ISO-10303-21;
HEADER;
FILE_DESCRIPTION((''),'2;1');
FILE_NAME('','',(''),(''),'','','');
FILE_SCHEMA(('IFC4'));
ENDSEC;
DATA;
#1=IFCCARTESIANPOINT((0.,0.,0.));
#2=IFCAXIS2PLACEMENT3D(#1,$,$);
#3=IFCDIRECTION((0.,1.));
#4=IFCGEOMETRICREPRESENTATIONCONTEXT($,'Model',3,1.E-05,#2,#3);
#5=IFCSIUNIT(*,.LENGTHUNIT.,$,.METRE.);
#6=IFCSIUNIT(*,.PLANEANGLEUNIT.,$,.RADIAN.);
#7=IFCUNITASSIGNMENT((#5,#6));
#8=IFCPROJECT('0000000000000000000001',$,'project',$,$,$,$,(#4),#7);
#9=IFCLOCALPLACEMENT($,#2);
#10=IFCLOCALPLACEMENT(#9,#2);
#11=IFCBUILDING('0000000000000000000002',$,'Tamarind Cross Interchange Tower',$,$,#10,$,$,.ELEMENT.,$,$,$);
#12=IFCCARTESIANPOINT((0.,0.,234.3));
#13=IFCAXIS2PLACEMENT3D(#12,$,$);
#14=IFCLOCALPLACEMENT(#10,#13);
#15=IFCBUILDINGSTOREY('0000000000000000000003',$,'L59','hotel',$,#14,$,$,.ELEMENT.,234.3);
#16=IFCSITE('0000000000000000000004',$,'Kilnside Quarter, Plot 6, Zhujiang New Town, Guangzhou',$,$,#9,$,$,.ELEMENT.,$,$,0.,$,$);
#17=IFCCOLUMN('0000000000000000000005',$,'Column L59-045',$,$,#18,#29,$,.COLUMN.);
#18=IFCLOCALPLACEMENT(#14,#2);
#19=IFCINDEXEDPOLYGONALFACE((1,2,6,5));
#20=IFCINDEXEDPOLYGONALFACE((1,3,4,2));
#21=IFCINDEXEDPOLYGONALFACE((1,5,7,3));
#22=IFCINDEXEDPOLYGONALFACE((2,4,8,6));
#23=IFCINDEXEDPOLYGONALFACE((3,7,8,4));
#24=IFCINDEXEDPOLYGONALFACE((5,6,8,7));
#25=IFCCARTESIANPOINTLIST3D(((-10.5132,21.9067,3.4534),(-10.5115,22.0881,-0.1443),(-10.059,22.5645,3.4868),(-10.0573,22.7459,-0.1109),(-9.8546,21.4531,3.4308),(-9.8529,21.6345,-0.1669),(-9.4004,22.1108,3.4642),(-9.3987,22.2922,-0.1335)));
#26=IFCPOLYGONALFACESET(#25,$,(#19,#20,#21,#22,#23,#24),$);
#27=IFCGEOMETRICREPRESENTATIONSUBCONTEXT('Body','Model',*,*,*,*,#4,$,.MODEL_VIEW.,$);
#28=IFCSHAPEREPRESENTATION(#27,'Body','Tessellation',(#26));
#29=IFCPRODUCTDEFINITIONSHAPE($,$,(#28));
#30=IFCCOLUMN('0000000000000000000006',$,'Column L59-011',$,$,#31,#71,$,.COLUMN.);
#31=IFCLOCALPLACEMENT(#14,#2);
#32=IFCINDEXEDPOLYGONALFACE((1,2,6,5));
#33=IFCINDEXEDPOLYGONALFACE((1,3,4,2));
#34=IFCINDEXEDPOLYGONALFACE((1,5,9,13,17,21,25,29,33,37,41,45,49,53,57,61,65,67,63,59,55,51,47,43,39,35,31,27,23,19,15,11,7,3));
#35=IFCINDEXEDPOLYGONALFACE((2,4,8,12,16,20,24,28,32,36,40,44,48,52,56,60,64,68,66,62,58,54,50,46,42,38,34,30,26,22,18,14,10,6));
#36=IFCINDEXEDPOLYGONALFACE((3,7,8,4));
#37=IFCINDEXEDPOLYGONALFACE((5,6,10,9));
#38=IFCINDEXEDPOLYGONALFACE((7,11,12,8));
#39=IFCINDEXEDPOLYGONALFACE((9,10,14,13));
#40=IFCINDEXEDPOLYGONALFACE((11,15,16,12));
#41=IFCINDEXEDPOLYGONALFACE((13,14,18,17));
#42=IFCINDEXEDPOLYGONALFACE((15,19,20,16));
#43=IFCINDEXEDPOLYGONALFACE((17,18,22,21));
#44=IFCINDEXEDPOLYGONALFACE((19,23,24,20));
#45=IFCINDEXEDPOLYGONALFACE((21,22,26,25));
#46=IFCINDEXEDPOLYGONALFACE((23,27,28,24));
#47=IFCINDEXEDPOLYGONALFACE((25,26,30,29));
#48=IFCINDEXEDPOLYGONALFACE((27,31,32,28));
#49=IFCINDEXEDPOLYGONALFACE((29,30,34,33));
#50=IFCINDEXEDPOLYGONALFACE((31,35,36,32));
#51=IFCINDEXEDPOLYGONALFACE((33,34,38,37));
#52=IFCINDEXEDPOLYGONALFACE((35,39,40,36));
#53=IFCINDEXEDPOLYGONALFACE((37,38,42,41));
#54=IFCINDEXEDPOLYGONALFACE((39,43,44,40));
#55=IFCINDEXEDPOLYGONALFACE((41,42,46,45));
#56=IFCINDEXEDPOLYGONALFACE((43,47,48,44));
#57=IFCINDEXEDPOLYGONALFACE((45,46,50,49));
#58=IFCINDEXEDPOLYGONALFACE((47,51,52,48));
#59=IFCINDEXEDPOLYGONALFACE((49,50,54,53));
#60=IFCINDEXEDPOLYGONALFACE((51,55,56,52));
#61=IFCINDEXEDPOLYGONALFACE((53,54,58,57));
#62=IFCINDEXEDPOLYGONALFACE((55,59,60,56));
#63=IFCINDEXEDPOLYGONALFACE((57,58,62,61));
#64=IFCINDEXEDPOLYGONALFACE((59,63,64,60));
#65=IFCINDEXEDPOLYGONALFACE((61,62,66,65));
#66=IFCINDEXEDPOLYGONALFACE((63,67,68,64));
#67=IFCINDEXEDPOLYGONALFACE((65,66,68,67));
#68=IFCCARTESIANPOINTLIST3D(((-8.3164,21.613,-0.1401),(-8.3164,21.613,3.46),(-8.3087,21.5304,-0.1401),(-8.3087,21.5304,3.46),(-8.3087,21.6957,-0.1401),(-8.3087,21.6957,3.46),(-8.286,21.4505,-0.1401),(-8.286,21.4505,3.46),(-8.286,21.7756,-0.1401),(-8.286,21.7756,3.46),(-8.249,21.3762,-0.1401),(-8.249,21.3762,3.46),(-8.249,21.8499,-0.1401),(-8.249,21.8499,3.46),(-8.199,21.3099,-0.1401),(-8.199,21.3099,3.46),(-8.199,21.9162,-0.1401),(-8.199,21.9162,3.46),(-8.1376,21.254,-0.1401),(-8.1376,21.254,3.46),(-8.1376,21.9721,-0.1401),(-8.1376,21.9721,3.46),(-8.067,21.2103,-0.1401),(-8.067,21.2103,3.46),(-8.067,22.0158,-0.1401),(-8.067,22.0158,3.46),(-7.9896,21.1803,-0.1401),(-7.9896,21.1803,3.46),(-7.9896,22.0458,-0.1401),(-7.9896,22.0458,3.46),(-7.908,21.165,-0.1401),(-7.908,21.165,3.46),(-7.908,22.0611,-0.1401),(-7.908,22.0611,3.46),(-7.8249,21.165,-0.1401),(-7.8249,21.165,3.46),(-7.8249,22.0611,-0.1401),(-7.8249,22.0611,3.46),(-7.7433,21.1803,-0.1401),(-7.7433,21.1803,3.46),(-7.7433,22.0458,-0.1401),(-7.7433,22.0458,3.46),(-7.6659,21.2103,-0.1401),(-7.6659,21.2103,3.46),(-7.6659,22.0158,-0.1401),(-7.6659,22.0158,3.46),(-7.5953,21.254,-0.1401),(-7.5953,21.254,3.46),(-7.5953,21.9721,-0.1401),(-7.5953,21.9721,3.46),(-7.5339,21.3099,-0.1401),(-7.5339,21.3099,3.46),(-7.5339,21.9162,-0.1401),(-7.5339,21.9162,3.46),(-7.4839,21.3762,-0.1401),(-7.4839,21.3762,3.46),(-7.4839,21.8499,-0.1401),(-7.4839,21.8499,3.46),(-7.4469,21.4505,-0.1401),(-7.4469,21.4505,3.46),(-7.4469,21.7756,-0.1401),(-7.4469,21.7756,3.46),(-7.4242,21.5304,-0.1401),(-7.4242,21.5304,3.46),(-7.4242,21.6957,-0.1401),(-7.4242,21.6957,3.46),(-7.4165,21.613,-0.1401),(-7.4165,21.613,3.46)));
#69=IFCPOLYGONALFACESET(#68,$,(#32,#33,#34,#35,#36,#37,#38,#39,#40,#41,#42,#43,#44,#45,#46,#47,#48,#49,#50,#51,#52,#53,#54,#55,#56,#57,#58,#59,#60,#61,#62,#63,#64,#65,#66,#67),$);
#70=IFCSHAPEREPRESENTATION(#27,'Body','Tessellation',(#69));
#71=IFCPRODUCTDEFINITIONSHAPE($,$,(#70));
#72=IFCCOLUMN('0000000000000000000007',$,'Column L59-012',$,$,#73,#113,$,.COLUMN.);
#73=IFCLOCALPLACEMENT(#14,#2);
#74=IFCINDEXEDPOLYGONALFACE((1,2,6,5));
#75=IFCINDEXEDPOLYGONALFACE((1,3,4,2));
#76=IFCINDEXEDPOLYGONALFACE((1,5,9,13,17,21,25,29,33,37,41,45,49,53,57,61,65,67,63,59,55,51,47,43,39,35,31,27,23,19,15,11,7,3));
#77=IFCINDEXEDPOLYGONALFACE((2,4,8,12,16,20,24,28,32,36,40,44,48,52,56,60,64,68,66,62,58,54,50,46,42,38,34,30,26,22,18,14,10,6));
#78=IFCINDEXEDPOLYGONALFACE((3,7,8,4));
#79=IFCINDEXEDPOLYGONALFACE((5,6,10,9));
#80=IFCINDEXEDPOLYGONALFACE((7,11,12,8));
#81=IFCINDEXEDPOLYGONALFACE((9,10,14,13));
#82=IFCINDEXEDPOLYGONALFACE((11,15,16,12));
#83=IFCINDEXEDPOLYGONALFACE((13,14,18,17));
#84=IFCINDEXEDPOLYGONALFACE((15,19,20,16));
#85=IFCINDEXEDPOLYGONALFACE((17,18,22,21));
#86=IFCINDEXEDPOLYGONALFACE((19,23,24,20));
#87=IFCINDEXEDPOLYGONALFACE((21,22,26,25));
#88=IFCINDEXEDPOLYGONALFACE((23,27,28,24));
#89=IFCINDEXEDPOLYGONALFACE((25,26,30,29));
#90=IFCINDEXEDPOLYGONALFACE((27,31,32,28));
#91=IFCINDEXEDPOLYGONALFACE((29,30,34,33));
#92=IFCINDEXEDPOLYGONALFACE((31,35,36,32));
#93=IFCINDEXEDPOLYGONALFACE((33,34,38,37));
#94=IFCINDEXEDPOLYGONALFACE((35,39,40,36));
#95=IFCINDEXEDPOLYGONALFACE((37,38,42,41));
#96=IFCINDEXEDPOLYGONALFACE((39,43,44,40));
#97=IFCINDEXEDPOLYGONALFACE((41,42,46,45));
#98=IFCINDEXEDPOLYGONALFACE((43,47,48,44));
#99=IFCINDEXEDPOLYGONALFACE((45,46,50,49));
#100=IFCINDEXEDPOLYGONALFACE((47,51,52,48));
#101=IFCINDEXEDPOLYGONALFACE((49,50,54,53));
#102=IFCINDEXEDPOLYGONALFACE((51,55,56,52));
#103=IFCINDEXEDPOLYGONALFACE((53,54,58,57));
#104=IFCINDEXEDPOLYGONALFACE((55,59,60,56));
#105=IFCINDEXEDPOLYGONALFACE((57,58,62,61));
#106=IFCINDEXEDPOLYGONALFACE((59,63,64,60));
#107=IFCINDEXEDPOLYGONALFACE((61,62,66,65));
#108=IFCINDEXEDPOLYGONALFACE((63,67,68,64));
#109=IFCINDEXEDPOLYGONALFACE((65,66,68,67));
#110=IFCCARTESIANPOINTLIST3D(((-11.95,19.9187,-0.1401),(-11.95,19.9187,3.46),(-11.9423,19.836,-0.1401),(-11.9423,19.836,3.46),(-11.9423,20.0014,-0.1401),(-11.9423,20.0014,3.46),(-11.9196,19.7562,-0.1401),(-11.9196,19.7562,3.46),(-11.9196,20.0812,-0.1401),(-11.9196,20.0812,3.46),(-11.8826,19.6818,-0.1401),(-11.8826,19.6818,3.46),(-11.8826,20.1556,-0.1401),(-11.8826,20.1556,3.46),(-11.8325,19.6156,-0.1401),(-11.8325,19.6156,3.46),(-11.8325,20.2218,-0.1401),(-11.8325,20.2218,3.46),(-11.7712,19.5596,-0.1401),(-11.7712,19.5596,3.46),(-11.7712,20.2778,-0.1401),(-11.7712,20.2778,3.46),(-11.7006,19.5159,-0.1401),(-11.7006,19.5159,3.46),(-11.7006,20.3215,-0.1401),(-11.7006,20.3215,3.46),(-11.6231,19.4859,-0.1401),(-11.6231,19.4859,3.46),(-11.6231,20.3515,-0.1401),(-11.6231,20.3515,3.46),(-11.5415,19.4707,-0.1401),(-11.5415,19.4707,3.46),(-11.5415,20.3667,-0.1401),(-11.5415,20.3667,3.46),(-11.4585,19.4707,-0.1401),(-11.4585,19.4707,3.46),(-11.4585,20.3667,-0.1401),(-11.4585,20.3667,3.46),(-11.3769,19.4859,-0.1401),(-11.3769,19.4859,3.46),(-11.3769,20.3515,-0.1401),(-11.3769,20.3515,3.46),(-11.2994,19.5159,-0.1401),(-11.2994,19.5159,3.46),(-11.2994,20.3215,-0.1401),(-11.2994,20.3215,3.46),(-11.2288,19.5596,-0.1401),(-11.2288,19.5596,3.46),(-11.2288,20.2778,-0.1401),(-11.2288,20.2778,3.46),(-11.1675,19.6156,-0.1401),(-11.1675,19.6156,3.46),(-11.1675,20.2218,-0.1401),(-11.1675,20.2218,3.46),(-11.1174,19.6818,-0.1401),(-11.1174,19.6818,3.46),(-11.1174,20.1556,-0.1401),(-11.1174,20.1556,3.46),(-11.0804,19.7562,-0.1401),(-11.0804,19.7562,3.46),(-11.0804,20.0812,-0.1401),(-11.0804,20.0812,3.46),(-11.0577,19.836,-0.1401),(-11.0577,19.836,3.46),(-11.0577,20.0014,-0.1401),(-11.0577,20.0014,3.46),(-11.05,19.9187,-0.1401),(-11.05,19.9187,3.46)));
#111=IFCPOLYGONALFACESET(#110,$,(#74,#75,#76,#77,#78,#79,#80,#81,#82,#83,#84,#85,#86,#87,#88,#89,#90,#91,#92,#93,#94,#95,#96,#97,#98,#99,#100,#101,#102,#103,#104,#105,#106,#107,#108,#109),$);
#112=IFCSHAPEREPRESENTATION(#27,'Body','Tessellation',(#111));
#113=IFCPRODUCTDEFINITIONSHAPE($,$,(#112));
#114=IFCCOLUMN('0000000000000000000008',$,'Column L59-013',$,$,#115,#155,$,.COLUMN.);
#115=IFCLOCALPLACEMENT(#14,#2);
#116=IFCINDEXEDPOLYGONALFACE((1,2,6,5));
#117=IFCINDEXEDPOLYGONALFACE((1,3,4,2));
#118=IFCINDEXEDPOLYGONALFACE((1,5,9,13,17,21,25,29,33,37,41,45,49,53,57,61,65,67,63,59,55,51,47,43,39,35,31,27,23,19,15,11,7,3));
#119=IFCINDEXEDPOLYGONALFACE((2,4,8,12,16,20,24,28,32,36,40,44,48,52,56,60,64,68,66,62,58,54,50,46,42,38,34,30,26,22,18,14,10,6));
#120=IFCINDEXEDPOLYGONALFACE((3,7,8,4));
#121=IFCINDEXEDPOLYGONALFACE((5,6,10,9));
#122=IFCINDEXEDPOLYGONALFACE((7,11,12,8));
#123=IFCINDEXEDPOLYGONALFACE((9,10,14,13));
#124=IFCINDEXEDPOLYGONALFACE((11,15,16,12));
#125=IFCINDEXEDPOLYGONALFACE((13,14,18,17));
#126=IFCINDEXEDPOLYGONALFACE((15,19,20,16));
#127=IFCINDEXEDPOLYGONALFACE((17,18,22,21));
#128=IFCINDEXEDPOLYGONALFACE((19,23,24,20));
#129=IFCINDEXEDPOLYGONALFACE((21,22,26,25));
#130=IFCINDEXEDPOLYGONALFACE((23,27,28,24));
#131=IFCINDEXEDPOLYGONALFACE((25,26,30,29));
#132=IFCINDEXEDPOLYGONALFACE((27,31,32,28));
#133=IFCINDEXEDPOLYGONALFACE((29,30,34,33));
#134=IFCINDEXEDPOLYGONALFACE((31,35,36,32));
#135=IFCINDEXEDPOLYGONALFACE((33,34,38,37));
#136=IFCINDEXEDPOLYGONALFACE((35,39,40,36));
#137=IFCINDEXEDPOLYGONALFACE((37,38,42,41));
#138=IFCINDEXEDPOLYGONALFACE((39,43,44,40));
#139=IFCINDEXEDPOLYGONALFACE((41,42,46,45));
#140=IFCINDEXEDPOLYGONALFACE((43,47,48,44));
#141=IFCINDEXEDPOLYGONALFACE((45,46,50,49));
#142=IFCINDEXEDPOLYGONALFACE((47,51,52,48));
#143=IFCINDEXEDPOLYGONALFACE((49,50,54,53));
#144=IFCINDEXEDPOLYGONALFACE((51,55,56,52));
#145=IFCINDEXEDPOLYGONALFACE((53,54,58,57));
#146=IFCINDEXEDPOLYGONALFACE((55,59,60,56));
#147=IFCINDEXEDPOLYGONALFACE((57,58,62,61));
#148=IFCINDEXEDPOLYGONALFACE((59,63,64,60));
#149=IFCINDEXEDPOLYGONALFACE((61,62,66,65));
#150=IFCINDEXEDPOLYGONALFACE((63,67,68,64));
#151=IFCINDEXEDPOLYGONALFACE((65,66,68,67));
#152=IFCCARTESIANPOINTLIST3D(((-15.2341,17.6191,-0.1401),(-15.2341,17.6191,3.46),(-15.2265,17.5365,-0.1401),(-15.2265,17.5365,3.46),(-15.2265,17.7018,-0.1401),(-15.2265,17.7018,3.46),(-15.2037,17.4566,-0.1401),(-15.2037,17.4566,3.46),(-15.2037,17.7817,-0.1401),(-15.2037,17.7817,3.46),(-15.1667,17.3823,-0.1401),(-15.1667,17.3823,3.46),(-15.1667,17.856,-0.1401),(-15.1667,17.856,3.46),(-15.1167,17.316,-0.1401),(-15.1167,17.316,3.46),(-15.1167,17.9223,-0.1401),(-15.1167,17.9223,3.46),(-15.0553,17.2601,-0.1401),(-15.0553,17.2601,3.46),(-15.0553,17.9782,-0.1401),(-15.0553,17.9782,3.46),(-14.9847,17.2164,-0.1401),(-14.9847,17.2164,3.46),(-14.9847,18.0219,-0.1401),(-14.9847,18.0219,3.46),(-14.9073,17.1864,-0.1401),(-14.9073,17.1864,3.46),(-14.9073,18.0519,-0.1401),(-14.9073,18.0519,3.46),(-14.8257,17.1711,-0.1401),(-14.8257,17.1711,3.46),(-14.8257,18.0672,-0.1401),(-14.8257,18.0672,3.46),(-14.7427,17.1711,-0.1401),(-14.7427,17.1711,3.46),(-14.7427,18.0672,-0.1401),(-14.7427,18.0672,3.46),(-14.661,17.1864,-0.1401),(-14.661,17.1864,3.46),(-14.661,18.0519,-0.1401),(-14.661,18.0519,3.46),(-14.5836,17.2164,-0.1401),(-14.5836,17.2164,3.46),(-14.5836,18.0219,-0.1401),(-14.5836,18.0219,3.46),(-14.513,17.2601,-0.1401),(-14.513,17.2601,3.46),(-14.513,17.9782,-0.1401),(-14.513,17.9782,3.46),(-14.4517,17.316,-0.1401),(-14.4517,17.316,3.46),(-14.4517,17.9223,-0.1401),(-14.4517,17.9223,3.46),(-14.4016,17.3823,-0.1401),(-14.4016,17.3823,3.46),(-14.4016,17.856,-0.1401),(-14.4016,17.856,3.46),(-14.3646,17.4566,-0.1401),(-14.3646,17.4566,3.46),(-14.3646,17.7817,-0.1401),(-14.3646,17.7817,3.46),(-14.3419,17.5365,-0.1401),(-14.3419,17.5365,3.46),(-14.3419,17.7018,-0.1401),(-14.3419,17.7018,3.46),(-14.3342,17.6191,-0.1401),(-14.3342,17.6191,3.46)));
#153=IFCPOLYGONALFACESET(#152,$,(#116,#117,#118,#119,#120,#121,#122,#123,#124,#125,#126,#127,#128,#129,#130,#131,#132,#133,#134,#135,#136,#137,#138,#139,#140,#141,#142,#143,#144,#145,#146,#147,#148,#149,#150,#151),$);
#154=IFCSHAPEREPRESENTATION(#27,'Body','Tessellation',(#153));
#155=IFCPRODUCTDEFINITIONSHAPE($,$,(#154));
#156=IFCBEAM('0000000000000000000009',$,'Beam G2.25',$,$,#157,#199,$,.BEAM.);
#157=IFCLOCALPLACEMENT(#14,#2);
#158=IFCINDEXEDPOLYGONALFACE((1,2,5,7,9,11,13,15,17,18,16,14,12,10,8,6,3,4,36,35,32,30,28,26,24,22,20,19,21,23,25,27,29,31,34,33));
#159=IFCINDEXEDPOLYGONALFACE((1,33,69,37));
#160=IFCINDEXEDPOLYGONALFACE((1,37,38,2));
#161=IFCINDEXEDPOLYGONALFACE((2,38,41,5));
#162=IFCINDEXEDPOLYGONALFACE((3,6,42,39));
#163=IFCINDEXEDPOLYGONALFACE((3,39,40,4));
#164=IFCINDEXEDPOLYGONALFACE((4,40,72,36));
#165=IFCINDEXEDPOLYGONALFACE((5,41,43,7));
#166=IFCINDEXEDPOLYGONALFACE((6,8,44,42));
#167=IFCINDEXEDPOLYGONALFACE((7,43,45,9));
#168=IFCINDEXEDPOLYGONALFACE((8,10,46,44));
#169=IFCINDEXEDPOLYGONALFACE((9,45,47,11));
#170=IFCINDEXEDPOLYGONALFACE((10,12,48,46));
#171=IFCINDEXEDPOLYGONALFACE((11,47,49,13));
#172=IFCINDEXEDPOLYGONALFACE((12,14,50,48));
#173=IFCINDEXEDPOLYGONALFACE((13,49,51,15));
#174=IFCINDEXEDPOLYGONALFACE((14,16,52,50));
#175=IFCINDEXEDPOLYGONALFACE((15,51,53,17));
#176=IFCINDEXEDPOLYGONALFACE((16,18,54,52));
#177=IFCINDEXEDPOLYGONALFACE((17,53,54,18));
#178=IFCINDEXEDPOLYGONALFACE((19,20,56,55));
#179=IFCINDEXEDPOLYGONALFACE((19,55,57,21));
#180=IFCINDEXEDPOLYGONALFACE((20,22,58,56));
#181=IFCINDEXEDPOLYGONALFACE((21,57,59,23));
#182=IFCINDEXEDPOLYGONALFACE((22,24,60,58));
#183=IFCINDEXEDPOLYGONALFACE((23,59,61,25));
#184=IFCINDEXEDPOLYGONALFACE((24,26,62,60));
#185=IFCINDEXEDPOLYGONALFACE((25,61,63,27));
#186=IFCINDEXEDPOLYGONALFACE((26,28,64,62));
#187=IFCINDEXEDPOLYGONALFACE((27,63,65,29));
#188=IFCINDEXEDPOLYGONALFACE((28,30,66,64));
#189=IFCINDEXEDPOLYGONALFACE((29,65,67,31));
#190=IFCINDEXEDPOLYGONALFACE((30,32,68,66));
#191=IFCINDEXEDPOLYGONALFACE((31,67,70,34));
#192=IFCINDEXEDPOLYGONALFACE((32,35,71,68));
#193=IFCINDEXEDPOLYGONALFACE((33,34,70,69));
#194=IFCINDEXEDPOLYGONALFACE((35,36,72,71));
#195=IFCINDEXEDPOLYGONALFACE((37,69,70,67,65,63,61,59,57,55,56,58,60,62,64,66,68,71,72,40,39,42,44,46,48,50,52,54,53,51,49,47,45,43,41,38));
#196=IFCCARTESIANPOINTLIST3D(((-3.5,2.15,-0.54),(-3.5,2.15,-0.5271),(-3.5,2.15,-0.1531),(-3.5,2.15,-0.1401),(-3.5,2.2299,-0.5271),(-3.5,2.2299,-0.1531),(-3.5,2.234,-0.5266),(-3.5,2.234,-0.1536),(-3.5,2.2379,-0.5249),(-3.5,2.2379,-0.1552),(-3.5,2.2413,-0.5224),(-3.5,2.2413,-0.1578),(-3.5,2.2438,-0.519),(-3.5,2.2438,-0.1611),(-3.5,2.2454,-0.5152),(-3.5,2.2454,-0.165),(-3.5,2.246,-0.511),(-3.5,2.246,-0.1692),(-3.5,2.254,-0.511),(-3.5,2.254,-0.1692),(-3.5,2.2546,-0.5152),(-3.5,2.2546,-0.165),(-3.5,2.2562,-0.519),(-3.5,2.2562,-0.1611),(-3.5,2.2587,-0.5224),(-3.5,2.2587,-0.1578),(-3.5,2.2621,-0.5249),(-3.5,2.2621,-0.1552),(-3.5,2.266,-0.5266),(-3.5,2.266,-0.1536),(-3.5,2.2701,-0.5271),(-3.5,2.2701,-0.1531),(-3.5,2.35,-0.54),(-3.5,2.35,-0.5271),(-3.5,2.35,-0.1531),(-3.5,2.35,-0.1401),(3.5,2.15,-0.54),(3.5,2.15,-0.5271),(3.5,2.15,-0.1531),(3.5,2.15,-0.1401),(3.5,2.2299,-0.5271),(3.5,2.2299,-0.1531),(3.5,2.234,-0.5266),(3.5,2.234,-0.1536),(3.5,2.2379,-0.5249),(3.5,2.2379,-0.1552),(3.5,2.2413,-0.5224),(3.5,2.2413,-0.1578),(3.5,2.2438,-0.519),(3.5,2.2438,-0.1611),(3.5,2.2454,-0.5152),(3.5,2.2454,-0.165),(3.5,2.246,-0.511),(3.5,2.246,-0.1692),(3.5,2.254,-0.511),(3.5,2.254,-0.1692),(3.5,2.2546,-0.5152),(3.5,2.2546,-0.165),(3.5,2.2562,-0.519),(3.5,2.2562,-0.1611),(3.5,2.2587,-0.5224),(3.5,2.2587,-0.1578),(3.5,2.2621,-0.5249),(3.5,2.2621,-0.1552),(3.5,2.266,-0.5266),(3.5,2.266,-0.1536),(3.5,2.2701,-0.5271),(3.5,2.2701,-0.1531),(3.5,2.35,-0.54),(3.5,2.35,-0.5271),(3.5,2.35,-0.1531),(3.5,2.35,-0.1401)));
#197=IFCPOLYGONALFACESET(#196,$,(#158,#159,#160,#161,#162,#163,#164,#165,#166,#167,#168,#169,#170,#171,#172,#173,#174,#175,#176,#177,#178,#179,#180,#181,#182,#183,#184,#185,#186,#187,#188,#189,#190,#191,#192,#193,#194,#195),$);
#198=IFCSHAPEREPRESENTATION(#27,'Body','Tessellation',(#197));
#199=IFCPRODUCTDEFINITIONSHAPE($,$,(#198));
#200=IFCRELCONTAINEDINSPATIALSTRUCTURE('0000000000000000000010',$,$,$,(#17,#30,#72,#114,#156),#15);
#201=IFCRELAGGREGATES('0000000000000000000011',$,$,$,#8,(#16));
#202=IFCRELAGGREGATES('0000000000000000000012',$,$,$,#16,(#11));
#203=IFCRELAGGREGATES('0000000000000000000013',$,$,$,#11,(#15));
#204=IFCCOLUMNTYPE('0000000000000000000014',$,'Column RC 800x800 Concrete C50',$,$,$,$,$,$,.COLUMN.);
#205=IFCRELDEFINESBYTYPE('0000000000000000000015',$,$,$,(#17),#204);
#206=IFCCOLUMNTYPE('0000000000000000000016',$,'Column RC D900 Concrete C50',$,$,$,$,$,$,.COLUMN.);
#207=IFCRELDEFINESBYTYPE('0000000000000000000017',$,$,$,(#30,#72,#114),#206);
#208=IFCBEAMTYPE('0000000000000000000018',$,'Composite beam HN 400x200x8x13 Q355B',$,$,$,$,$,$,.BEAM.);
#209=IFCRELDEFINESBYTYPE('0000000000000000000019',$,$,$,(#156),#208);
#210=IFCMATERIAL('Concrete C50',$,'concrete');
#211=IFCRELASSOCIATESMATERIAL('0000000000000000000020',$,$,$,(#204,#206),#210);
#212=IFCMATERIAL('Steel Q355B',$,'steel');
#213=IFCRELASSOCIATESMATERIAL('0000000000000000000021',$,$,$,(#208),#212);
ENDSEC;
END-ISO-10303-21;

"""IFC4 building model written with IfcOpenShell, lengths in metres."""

from ifc_helpers import new_model, si_unit, direction, frame, origin, origin_2d, place, context, subcontext, project, spatial, rectangle, circle, i_section, extrude, material, material_profile, profile_set, type_object, element, save


model = new_model("IFC4")

# Units and contexts
model_context = context("Model", 3, precision=1e-05, world=origin(), true_north=direction((0.0, 1.0)))
body_context = subcontext(model_context, "Body", "Model", "MODEL_VIEW")
ifc_project = project(units=[si_unit("LENGTHUNIT", "METRE"), si_unit("PLANEANGLEUNIT", "RADIAN")], contexts=[model_context])

# Site, building, storey
site_placement = place(None, origin())
site = spatial("IfcSite", under=ifc_project, at=site_placement, Name="Kilnside Quarter, Plot 6, Zhujiang New Town, Guangzhou", CompositionType="ELEMENT", RefElevation=0.0)
building_placement = place(site_placement, origin())
building = spatial("IfcBuilding", under=site, at=building_placement, Name="Tamarind Cross Interchange Tower", CompositionType="ELEMENT")
storey_placement = place(building_placement, frame((0.0, 0.0, 234.3)))
storey = spatial("IfcBuildingStorey", under=building, at=storey_placement, Name="L59", Description="hotel", CompositionType="ELEMENT", Elevation=234.3)

# Columns
ifc_material_1 = material(Name="Concrete C50", Category="concrete")
ifc_material_profile_1 = material_profile(ifc_material_1, rectangle(XDim=0.8, YDim=0.8, at=origin_2d()), Name="RC 800x800")
ifc_profile_set_1 = profile_set([ifc_material_profile_1], Name="Concrete C50")
column_type_1 = type_object("IfcColumnType", Name="Column RC 800x800 Concrete C50", PredefinedType="COLUMN", material=ifc_profile_set_1)
column_placement = place(storey_placement, frame((-9.9551, 22.1902, -0.1389), z_axis=(-0.000474, -0.050357, 0.998731), x_axis=(0.567728, 0.822158, 0.041723)))
element("IfcColumn", 1, at=column_placement, inside=storey, type_object=column_type_1, Name="Column L59-045", PredefinedType="COLUMN", context=body_context, shape_type="SweptSolid", body=[
    extrude(rectangle(XDim=0.8, YDim=0.8, at=origin_2d()), origin(), (0.0, 0.0, 1.0), 3.6023),
])
ifc_material_profile_2 = material_profile(ifc_material_1, circle(Radius=0.45, at=origin_2d()), Name="RC D900")
ifc_profile_set_2 = profile_set([ifc_material_profile_2], Name="Concrete C50")
column_type_2 = type_object("IfcColumnType", Name="Column RC D900 Concrete C50", PredefinedType="COLUMN", material=ifc_profile_set_2)
for number, where, z_axis, x_axis, name in (
    (2, (-7.8665, 21.613, -0.1401), (0.0, 0.0, 1.0), (1.0, 0.0, 0.0), "Column L59-011"),
    (3, (-11.5, 19.9187, -0.1401), (0.0, 0.0, 1.0), (1.0, 0.0, 0.0), "Column L59-012"),
    (4, (-14.7842, 17.6191, -0.1401), (0.0, 0.0, 1.0), (1.0, 0.0, 0.0), "Column L59-013"),
):
    element("IfcColumn", number, at=place(storey_placement, frame(where, z_axis=z_axis, x_axis=x_axis)), inside=storey, type_object=column_type_2, Name=name, PredefinedType="COLUMN", context=body_context, shape_type="SweptSolid", body=[
        extrude(circle(Radius=0.45, at=origin_2d()), origin(), (0.0, 0.0, 1.0), 3.6001),
    ])

# Beam
ifc_material_2 = material(Name="Steel Q355B", Category="steel")
ifc_material_profile_3 = material_profile(ifc_material_2, i_section(OverallWidth=0.2, OverallDepth=0.3999, WebThickness=0.0081, FlangeThickness=0.0129, FilletRadius=0.0161, at=origin_2d()), Name="HN 400x200x8x13")
ifc_profile_set_3 = profile_set([ifc_material_profile_3], Name="Steel Q355B")
beam_type_1 = type_object("IfcBeamType", Name="Composite beam HN 400x200x8x13 Q355B", PredefinedType="BEAM", material=ifc_profile_set_3)
for number, where, z_axis, x_axis, name in (
    (5, (-3.5, 2.25, -0.3401), (1.0, 0.0, 0.0), (0.0, 1.0, 0.0), "Beam G2.25"),
):
    element("IfcBeam", number, at=place(storey_placement, frame(where, z_axis=z_axis, x_axis=x_axis)), inside=storey, type_object=beam_type_1, Name=name, PredefinedType="BEAM", context=body_context, shape_type="SweptSolid", body=[
        extrude(i_section(OverallWidth=0.2, OverallDepth=0.3999, WebThickness=0.0081, FlangeThickness=0.0129, FilletRadius=0.0161, at=origin_2d()), origin(), (0.0, 0.0, 1.0), 7.0),
    ])

save(model, "model.ifc")
